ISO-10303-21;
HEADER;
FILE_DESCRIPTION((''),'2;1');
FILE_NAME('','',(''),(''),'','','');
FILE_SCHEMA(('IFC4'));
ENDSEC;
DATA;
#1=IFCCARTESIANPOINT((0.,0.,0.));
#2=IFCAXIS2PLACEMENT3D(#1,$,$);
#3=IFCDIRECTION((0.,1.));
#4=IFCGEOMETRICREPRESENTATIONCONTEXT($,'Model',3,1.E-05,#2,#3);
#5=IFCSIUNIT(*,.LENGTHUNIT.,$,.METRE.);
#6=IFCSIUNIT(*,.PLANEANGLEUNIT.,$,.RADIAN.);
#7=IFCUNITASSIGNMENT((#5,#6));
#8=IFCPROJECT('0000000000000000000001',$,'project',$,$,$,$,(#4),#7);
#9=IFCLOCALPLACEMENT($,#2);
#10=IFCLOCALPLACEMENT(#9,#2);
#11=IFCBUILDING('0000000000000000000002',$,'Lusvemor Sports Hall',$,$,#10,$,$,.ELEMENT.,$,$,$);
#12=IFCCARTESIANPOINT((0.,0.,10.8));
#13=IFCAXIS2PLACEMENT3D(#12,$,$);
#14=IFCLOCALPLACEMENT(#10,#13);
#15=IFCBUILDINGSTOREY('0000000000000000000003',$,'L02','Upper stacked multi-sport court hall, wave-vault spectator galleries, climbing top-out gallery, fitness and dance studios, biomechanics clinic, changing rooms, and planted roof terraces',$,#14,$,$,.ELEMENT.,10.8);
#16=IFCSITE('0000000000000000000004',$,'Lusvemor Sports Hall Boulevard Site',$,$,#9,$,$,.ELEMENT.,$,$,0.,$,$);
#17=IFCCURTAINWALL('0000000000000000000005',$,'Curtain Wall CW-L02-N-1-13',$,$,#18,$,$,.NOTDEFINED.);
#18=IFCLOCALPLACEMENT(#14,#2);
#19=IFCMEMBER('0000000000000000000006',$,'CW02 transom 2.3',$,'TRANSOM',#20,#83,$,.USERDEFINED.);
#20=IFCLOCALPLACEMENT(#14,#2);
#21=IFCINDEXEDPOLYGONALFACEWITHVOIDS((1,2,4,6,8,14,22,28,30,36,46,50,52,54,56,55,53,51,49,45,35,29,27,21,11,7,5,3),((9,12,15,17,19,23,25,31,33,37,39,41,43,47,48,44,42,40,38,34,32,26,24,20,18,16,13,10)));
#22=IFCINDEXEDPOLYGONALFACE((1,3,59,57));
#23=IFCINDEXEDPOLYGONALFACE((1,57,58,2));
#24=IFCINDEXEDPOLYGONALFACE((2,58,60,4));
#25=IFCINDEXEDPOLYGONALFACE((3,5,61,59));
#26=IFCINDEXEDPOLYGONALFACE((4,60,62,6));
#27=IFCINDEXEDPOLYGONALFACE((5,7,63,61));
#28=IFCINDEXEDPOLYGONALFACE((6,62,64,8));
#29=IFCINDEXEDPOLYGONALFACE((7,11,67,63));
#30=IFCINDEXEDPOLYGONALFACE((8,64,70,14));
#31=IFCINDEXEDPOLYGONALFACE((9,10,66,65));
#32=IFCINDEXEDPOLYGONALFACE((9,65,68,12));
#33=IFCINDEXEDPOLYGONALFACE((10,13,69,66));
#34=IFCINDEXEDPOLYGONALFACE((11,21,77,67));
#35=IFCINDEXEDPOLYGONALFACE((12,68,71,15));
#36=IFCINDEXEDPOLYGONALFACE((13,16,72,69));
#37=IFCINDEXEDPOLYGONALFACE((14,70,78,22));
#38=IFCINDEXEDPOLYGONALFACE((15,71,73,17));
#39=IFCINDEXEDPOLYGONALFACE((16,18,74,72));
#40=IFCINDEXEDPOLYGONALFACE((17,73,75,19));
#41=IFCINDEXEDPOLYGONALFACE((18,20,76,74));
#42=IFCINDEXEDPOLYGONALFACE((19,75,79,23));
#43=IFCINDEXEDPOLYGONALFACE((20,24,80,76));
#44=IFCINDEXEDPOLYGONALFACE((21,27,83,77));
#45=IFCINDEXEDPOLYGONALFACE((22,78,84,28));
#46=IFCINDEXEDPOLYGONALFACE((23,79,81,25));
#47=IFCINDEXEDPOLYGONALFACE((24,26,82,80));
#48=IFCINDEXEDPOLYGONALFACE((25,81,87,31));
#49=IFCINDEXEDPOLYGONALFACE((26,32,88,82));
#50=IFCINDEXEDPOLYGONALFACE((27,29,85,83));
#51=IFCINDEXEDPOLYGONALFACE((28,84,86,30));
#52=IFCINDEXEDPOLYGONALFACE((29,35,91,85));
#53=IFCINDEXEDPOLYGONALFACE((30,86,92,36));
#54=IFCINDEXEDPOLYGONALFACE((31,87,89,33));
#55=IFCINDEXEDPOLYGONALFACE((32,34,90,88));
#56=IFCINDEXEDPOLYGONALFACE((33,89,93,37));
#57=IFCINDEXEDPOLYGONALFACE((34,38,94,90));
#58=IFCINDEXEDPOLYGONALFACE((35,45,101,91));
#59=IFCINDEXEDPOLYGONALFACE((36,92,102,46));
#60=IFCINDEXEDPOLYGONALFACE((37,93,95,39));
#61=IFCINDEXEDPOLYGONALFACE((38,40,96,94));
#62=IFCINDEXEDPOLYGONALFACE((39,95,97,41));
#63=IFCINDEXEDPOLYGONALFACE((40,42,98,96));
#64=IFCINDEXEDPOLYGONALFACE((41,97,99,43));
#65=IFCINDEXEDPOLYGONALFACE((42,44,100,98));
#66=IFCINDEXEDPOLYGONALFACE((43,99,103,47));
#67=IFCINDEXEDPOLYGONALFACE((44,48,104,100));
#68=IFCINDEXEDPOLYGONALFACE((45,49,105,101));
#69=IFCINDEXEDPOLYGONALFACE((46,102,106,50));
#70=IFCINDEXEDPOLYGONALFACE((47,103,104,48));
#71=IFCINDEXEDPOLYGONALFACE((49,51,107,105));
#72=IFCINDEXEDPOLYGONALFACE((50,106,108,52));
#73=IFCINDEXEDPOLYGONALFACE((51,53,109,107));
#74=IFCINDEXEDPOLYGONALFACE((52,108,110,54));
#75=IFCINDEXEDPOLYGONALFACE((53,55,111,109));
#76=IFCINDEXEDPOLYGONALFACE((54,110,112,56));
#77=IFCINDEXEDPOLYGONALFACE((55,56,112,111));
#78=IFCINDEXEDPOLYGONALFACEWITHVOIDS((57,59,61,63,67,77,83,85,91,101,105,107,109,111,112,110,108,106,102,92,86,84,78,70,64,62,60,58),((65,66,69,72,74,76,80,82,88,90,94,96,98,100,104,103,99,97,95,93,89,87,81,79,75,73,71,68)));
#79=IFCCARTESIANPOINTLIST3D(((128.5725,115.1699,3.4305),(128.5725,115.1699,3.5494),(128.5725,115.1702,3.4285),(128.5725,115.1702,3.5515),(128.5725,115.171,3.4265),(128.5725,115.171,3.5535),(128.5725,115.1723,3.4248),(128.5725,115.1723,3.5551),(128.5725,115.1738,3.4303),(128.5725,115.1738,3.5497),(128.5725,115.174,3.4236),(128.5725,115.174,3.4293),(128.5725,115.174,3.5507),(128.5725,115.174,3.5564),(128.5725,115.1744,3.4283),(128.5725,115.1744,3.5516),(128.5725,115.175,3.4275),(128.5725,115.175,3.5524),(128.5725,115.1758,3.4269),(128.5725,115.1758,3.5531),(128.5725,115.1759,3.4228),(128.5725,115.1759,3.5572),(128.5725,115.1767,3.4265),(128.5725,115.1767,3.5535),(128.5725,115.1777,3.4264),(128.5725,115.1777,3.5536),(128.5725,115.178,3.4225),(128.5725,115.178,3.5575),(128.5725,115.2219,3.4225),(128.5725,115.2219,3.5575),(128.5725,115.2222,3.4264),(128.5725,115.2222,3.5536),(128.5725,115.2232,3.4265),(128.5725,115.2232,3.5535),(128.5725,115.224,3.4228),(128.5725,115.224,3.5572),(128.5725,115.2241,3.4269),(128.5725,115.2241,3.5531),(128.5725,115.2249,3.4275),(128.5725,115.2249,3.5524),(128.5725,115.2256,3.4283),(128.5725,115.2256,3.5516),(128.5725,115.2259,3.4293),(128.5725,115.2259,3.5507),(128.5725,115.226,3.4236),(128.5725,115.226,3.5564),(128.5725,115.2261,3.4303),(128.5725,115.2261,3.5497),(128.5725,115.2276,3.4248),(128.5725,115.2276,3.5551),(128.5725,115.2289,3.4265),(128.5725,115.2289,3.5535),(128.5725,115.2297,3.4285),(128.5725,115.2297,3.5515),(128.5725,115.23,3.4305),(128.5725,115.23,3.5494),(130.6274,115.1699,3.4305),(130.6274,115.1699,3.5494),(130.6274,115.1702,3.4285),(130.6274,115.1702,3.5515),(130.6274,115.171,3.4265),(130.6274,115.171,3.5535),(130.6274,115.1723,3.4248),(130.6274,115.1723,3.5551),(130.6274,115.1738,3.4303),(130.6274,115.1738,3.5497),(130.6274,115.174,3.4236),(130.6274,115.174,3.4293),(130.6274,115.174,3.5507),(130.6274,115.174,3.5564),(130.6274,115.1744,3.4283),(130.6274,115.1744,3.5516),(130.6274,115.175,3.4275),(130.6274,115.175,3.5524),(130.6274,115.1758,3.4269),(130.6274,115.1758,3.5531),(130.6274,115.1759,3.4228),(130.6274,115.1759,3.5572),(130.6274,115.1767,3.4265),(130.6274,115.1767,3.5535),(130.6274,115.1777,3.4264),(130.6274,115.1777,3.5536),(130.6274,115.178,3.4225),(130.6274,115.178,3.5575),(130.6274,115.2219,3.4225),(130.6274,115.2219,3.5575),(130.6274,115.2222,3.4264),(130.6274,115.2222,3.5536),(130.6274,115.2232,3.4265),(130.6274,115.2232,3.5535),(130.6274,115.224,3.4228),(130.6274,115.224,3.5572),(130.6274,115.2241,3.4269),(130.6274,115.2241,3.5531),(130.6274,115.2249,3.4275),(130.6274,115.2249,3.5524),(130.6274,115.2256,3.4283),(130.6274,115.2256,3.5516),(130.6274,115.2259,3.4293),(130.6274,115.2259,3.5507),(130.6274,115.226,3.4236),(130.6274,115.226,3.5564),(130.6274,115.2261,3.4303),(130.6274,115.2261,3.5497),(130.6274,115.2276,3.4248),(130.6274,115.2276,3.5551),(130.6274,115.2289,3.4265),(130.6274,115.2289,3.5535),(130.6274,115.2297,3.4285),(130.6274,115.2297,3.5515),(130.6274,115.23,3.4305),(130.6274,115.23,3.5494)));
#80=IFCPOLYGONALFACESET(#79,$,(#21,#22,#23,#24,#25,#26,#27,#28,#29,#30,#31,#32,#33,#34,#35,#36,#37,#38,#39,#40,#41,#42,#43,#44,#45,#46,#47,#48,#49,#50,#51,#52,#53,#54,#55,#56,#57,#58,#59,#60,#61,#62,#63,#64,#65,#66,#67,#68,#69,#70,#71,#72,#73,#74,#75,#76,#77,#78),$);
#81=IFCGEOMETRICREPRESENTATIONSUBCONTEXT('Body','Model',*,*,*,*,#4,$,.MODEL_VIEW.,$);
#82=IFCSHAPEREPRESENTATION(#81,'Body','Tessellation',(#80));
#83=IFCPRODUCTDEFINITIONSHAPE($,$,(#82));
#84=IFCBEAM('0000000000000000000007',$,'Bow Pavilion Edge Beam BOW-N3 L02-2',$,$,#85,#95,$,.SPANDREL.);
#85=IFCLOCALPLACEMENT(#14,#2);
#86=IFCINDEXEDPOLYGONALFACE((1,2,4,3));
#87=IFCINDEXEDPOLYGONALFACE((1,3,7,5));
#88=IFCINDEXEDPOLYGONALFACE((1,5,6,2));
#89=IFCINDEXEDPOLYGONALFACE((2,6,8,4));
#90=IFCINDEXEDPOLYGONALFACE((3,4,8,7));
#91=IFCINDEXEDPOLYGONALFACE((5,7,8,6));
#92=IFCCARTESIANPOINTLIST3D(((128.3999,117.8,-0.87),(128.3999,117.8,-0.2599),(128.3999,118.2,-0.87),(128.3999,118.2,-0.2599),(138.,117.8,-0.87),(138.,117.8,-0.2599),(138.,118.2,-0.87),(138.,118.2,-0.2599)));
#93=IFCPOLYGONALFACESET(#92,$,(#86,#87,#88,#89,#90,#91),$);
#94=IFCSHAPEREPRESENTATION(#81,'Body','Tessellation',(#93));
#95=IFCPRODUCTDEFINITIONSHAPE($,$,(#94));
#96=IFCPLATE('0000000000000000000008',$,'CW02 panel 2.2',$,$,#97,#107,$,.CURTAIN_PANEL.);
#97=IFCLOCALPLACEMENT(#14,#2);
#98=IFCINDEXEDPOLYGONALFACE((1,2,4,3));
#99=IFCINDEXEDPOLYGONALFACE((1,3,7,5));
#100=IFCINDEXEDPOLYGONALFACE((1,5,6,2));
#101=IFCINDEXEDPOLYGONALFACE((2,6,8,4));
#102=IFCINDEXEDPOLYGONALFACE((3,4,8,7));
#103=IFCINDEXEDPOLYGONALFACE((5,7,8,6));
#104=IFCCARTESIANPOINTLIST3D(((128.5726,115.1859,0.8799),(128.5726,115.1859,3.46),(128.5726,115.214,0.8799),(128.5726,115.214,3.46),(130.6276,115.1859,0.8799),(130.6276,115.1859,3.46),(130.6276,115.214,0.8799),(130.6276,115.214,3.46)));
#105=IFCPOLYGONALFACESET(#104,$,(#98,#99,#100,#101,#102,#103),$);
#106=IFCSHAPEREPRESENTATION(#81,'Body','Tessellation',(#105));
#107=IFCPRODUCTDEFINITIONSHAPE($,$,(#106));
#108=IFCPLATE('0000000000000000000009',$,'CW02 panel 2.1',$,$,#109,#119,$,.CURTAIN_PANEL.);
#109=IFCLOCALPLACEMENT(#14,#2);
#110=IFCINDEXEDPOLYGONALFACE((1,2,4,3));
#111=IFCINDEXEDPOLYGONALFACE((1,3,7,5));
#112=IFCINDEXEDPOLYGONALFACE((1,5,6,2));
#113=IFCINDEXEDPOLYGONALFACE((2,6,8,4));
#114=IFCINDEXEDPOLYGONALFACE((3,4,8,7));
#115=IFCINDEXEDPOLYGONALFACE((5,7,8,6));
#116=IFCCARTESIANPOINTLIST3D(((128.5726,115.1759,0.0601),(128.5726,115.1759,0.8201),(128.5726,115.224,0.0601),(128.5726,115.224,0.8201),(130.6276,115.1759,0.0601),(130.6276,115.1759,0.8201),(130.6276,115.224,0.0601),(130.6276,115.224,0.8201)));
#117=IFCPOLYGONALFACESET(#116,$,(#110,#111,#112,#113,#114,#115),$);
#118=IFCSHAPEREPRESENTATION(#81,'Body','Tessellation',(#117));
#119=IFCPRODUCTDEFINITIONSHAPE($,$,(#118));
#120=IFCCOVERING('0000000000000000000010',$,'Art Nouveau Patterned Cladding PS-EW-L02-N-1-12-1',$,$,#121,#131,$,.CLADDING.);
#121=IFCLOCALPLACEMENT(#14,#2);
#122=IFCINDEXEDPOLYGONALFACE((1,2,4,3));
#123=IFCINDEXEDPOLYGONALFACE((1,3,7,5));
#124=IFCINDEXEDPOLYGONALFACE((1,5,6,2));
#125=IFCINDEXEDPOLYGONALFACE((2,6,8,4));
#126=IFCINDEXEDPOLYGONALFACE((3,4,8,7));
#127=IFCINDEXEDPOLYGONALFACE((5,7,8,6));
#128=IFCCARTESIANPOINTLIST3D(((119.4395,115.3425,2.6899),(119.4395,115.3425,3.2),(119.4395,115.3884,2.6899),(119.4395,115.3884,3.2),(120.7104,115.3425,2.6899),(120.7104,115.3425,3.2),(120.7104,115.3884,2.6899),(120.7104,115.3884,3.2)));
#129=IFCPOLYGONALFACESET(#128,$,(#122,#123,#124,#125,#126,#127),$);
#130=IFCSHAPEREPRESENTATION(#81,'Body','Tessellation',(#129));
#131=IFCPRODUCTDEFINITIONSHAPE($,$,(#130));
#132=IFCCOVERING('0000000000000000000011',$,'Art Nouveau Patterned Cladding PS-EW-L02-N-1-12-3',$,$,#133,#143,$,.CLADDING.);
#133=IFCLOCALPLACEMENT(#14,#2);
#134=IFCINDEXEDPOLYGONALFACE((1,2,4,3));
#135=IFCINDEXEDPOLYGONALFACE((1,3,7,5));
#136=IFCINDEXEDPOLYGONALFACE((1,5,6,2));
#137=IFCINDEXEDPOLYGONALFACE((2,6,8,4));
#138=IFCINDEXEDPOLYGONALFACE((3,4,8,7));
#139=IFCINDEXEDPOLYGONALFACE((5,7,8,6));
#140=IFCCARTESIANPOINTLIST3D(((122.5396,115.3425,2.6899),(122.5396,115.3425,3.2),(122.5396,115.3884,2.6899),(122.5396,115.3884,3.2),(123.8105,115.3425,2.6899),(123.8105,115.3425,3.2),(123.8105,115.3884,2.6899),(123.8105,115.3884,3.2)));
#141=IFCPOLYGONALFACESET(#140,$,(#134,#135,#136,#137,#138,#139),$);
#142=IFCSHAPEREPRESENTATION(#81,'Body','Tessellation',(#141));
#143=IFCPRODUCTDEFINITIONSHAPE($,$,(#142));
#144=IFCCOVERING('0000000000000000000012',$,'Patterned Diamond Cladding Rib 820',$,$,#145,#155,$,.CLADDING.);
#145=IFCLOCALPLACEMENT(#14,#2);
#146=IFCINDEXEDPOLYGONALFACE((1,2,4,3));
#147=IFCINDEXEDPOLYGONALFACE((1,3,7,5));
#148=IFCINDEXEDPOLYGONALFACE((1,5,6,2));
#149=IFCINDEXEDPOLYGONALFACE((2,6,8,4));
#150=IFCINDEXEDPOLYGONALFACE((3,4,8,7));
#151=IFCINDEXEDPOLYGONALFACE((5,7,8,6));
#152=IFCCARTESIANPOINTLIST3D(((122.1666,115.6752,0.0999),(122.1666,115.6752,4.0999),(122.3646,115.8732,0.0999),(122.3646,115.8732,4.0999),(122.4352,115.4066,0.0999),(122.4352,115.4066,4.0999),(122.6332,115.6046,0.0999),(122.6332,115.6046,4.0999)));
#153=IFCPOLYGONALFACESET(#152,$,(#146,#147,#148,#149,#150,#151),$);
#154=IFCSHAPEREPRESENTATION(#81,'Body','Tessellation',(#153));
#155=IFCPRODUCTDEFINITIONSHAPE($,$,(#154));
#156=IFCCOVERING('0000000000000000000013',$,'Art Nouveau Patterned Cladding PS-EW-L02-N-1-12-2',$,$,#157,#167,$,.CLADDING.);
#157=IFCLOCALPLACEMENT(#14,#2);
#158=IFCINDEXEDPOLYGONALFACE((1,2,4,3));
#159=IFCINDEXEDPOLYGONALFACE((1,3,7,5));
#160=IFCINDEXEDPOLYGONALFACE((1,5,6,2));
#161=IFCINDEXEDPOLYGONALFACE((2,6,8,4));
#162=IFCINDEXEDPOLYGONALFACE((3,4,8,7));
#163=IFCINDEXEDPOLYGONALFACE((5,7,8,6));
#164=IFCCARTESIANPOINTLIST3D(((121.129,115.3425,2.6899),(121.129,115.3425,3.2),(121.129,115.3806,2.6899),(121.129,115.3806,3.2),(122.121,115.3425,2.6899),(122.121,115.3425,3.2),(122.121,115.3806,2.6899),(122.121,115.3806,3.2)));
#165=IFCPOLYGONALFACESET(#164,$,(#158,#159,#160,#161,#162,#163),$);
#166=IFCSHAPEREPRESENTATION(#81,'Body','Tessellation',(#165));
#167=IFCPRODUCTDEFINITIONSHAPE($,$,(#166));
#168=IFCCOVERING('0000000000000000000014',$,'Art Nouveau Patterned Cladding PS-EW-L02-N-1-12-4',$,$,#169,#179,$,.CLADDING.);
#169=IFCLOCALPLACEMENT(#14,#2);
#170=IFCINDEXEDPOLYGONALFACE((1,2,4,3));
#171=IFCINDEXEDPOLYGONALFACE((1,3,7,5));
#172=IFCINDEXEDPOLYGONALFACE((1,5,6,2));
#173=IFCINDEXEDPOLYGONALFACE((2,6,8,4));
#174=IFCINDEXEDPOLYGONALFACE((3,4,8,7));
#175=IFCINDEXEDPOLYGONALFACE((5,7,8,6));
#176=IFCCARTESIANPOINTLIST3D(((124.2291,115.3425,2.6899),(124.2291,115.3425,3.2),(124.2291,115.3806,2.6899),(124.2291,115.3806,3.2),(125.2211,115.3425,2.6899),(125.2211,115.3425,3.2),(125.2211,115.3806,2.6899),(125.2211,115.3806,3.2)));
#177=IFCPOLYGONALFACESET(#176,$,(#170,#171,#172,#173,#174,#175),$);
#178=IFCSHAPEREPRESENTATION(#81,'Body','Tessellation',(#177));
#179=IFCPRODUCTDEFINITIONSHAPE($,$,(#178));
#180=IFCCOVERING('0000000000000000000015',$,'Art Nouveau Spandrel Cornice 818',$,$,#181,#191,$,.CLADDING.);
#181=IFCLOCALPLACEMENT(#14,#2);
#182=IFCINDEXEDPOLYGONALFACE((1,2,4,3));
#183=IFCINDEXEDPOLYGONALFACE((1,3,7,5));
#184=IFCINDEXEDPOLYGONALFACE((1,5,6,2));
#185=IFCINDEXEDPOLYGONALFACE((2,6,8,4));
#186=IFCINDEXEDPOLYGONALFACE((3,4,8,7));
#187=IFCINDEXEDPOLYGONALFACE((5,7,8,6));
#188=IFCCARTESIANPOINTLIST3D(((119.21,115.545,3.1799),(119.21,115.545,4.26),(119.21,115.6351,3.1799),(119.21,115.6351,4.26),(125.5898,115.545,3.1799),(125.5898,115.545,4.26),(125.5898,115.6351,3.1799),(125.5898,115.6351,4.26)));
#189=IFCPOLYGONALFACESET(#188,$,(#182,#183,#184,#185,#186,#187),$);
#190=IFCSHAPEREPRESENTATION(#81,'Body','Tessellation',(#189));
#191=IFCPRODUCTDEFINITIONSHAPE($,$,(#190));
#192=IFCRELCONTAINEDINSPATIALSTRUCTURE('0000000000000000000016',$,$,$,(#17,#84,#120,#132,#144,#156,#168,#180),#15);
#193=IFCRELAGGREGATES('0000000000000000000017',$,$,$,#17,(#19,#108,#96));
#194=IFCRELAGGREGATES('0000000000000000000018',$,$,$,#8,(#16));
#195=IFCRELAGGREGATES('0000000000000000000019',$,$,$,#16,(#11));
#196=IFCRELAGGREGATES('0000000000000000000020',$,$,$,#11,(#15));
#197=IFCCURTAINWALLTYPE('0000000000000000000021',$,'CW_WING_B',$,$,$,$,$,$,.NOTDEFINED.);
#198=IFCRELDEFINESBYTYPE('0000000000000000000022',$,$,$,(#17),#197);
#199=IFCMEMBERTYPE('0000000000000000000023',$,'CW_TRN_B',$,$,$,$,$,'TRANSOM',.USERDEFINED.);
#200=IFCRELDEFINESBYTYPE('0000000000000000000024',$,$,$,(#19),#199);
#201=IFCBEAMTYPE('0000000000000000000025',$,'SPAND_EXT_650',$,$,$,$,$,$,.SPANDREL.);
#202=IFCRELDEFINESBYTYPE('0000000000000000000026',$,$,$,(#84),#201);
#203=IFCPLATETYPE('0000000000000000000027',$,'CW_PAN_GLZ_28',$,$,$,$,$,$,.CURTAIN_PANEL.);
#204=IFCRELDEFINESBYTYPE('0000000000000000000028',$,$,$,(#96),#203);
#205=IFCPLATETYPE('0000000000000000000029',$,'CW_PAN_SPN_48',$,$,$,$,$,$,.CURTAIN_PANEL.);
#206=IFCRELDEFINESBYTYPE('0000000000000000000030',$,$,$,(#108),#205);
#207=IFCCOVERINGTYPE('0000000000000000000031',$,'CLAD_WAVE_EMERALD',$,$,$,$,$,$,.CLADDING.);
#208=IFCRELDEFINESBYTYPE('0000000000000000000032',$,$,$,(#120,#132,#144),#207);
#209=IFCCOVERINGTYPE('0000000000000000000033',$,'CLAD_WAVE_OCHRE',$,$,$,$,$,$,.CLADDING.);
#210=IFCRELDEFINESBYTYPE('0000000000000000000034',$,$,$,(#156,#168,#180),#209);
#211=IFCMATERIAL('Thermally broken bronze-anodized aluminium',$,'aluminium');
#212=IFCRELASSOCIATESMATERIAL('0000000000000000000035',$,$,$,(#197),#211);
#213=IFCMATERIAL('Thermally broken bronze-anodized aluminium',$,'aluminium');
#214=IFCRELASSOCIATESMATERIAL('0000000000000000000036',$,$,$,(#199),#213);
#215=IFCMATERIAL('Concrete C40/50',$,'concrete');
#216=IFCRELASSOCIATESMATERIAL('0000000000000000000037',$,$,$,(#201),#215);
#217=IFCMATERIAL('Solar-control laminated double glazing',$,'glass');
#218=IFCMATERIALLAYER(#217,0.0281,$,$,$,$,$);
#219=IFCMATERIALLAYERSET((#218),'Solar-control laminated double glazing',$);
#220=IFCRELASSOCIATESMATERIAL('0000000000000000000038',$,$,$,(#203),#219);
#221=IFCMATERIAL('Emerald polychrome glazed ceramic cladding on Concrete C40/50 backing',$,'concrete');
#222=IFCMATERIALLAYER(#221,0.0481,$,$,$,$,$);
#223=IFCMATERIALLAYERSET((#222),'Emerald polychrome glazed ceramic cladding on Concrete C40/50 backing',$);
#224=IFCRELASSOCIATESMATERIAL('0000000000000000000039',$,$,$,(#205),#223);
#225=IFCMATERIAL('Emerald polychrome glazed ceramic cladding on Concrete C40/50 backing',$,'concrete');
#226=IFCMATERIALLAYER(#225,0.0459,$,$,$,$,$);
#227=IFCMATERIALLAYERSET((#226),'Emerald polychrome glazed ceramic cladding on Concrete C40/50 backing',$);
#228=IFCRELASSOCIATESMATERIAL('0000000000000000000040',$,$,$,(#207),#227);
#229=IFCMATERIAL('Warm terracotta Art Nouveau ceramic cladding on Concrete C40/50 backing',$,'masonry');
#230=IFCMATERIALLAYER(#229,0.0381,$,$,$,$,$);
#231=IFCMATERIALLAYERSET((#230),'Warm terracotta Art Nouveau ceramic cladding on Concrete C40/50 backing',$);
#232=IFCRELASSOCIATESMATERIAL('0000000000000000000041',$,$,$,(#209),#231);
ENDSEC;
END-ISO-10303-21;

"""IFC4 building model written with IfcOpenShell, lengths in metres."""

from ifc_helpers import new_model, si_unit, direction, frame, origin, origin_2d, place, context, subcontext, project, spatial, rectangle, hollow_rectangle, extrude, material, layer, layer_set, material_profile, profile_set, type_object, element, aggregate, save


model = new_model("IFC4")

# Units and contexts
model_context = context("Model", 3, precision=1e-05, world=origin(), true_north=direction((0.0, 1.0)))
body_context = subcontext(model_context, "Body", "Model", "MODEL_VIEW")
ifc_project = project(units=[si_unit("LENGTHUNIT", "METRE"), si_unit("PLANEANGLEUNIT", "RADIAN")], contexts=[model_context])

# Site, building, storey
site_placement = place(None, origin())
site = spatial("IfcSite", under=ifc_project, at=site_placement, Name="Lusvemor Sports Hall Boulevard Site", CompositionType="ELEMENT", RefElevation=0.0)
building_placement = place(site_placement, origin())
building = spatial("IfcBuilding", under=site, at=building_placement, Name="Lusvemor Sports Hall", CompositionType="ELEMENT")
storey_placement = place(building_placement, frame((0.0, 0.0, 10.8)))
storey = spatial("IfcBuildingStorey", under=building, at=storey_placement, Name="L02", Description="Upper stacked multi-sport court hall, wave-vault spectator galleries, climbing top-out gallery, fitness and dance studios, biomechanics clinic, changing rooms, and planted roof terraces", CompositionType="ELEMENT", Elevation=10.8)

# Curtain wall, member
ifc_material_1 = material(Name="Thermally broken bronze-anodized aluminium", Category="aluminium")
curtain_wall_type_1 = type_object("IfcCurtainWallType", Name="CW_WING_B", PredefinedType="NOTDEFINED", material=ifc_material_1)
curtain_wall_1_placement = place(storey_placement, origin())
curtain_wall_1 = element("IfcCurtainWall", 1, at=curtain_wall_1_placement, inside=storey, type_object=curtain_wall_type_1, Name="Curtain Wall CW-L02-N-1-13", PredefinedType="NOTDEFINED")
ifc_material_2 = material(Name="Thermally broken bronze-anodized aluminium", Category="aluminium")
ifc_material_profile_1 = material_profile(ifc_material_2, hollow_rectangle(XDim=0.0601, YDim=0.135, WallThickness=0.0039, InnerFilletRadius=0.0039, OuterFilletRadius=0.0081, at=origin_2d()), Name="CWTRN135x60x4")
ifc_profile_set_1 = profile_set([ifc_material_profile_1], Name="Thermally broken bronze-anodized aluminium")
member_type_1 = type_object("IfcMemberType", Name="CW_TRN_B", ElementType="TRANSOM", PredefinedType="USERDEFINED", material=ifc_profile_set_1)
member_1_placement = place(storey_placement, frame((128.5725, 115.2, 3.49), z_axis=(1.0, 0.0, 0.0), x_axis=(0.0, 1.0, 0.0)))
member_1 = element("IfcMember", 2, at=member_1_placement, type_object=member_type_1, Name="CW02 transom 2.3", ObjectType="TRANSOM", PredefinedType="USERDEFINED", context=body_context, shape_type="SweptSolid", body=[
    extrude(hollow_rectangle(XDim=0.0601, YDim=0.135, WallThickness=0.0039, InnerFilletRadius=0.0039, OuterFilletRadius=0.0081, at=origin_2d()), origin(), (0.0, 0.0, 1.0), 2.0549),
])

# Beam
ifc_material_3 = material(Name="Concrete C40/50", Category="concrete")
ifc_material_profile_2 = material_profile(ifc_material_3, rectangle(XDim=0.3999, YDim=0.6101, at=origin_2d()), Name="RC400x610")
ifc_profile_set_2 = profile_set([ifc_material_profile_2], Name="Concrete C40/50")
beam_type = type_object("IfcBeamType", Name="SPAND_EXT_650", PredefinedType="SPANDREL", material=ifc_profile_set_2)
beam_placement = place(storey_placement, frame((128.3999, 118.0, -0.5649), z_axis=(1.0, 0.0, 0.0), x_axis=(0.0, 1.0, 0.0)))
element("IfcBeam", 3, at=beam_placement, inside=storey, type_object=beam_type, Name="Bow Pavilion Edge Beam BOW-N3 L02-2", PredefinedType="SPANDREL", context=body_context, shape_type="SweptSolid", body=[
    extrude(rectangle(XDim=0.3999, YDim=0.6101, at=origin_2d()), origin(), (0.0, 0.0, 1.0), 9.6001),
])

# Plates
ifc_material_4 = material(Name="Solar-control laminated double glazing", Category="glass")
ifc_layer_1 = layer(ifc_material_4, 0.0281)
ifc_layer_set_1 = layer_set([ifc_layer_1], Name="Solar-control laminated double glazing")
plate_type_1 = type_object("IfcPlateType", Name="CW_PAN_GLZ_28", PredefinedType="CURTAIN_PANEL", material=ifc_layer_set_1)
plate_1_placement = place(storey_placement, frame((129.6001, 115.2, 0.8799), z_axis=(0.0, 0.0, 1.0), x_axis=(1.0, 0.0, 0.0)))
plate_1 = element("IfcPlate", 4, at=plate_1_placement, type_object=plate_type_1, Name="CW02 panel 2.2", PredefinedType="CURTAIN_PANEL", context=body_context, shape_type="SweptSolid", body=[
    extrude(rectangle(XDim=2.0549, YDim=0.0281, at=origin_2d()), origin(), (0.0, 0.0, 1.0), 2.5801),
])
ifc_material_5 = material(Name="Emerald polychrome glazed ceramic cladding on Concrete C40/50 backing", Category="concrete")
ifc_layer_2 = layer(ifc_material_5, 0.0481)
ifc_layer_set_2 = layer_set([ifc_layer_2], Name="Emerald polychrome glazed ceramic cladding on Concrete C40/50 backing")
plate_type_2 = type_object("IfcPlateType", Name="CW_PAN_SPN_48", PredefinedType="CURTAIN_PANEL", material=ifc_layer_set_2)
plate_2_placement = place(storey_placement, frame((129.6001, 115.2, 0.0601), z_axis=(0.0, 0.0, 1.0), x_axis=(1.0, 0.0, 0.0)))
plate_2 = element("IfcPlate", 5, at=plate_2_placement, type_object=plate_type_2, Name="CW02 panel 2.1", PredefinedType="CURTAIN_PANEL", context=body_context, shape_type="SweptSolid", body=[
    extrude(rectangle(XDim=2.0549, YDim=0.0481, at=origin_2d()), origin(), (0.0, 0.0, 1.0), 0.76),
])
aggregate(curtain_wall_1, [member_1, plate_2, plate_1])

# Coverings
ifc_material_6 = material(Name="Emerald polychrome glazed ceramic cladding on Concrete C40/50 backing", Category="concrete")
ifc_layer_3 = layer(ifc_material_6, 0.0459)
ifc_layer_set_3 = layer_set([ifc_layer_3], Name="Emerald polychrome glazed ceramic cladding on Concrete C40/50 backing")
covering_type_1 = type_object("IfcCoveringType", Name="CLAD_WAVE_EMERALD", PredefinedType="CLADDING", material=ifc_layer_set_3)
for number, where, z_axis, x_axis, name in (
    (6, (120.075, 115.3655, 2.6899), (0.0, 0.0, 1.0), (1.0, 0.0, 0.0), "Art Nouveau Patterned Cladding PS-EW-L02-N-1-12-1"),
    (7, (123.175, 115.3655, 2.6899), (0.0, 0.0, 1.0), (1.0, 0.0, 0.0), "Art Nouveau Patterned Cladding PS-EW-L02-N-1-12-3"),
):
    element("IfcCovering", number, at=place(storey_placement, frame(where, z_axis=z_axis, x_axis=x_axis)), inside=storey, type_object=covering_type_1, Name=name, PredefinedType="CLADDING", context=body_context, shape_type="SweptSolid", body=[
        extrude(rectangle(XDim=1.271, YDim=0.0459, at=origin_2d()), origin(), (0.0, 0.0, 1.0), 0.51),
    ])
covering_1_placement = place(storey_placement, frame((122.3999, 115.6399, 0.0999), z_axis=(0.0, 0.0, 1.0), x_axis=(0.707107, 0.707107, 0.0)))
element("IfcCovering", 8, at=covering_1_placement, inside=storey, type_object=covering_type_1, Name="Patterned Diamond Cladding Rib 820", PredefinedType="CLADDING", context=body_context, shape_type="SweptSolid", body=[
    extrude(rectangle(XDim=0.28, YDim=0.3799, at=origin_2d()), origin(), (0.0, 0.0, 1.0), 4.0),
])
ifc_material_7 = material(Name="Warm terracotta Art Nouveau ceramic cladding on Concrete C40/50 backing", Category="masonry")
ifc_layer_4 = layer(ifc_material_7, 0.0381)
ifc_layer_set_4 = layer_set([ifc_layer_4], Name="Warm terracotta Art Nouveau ceramic cladding on Concrete C40/50 backing")
covering_type_2 = type_object("IfcCoveringType", Name="CLAD_WAVE_OCHRE", PredefinedType="CLADDING", material=ifc_layer_set_4)
for number, where, z_axis, x_axis, name in (
    (9, (121.625, 115.3616, 2.6899), (0.0, 0.0, 1.0), (1.0, 0.0, 0.0), "Art Nouveau Patterned Cladding PS-EW-L02-N-1-12-2"),
    (10, (124.7251, 115.3616, 2.6899), (0.0, 0.0, 1.0), (1.0, 0.0, 0.0), "Art Nouveau Patterned Cladding PS-EW-L02-N-1-12-4"),
):
    element("IfcCovering", number, at=place(storey_placement, frame(where, z_axis=z_axis, x_axis=x_axis)), inside=storey, type_object=covering_type_2, Name=name, PredefinedType="CLADDING", context=body_context, shape_type="SweptSolid", body=[
        extrude(rectangle(XDim=0.9919, YDim=0.0381, at=origin_2d()), origin(), (0.0, 0.0, 1.0), 0.51),
    ])
covering_2_placement = place(storey_placement, frame((122.3999, 115.5901, 3.1799), z_axis=(0.0, 0.0, 1.0), x_axis=(1.0, 0.0, 0.0)))
element("IfcCovering", 11, at=covering_2_placement, inside=storey, type_object=covering_type_2, Name="Art Nouveau Spandrel Cornice 818", PredefinedType="CLADDING", context=body_context, shape_type="SweptSolid", body=[
    extrude(rectangle(XDim=6.3799, YDim=0.0901, at=origin_2d()), origin(), (0.0, 0.0, 1.0), 1.0801),
])

save(model, "model.ifc")
